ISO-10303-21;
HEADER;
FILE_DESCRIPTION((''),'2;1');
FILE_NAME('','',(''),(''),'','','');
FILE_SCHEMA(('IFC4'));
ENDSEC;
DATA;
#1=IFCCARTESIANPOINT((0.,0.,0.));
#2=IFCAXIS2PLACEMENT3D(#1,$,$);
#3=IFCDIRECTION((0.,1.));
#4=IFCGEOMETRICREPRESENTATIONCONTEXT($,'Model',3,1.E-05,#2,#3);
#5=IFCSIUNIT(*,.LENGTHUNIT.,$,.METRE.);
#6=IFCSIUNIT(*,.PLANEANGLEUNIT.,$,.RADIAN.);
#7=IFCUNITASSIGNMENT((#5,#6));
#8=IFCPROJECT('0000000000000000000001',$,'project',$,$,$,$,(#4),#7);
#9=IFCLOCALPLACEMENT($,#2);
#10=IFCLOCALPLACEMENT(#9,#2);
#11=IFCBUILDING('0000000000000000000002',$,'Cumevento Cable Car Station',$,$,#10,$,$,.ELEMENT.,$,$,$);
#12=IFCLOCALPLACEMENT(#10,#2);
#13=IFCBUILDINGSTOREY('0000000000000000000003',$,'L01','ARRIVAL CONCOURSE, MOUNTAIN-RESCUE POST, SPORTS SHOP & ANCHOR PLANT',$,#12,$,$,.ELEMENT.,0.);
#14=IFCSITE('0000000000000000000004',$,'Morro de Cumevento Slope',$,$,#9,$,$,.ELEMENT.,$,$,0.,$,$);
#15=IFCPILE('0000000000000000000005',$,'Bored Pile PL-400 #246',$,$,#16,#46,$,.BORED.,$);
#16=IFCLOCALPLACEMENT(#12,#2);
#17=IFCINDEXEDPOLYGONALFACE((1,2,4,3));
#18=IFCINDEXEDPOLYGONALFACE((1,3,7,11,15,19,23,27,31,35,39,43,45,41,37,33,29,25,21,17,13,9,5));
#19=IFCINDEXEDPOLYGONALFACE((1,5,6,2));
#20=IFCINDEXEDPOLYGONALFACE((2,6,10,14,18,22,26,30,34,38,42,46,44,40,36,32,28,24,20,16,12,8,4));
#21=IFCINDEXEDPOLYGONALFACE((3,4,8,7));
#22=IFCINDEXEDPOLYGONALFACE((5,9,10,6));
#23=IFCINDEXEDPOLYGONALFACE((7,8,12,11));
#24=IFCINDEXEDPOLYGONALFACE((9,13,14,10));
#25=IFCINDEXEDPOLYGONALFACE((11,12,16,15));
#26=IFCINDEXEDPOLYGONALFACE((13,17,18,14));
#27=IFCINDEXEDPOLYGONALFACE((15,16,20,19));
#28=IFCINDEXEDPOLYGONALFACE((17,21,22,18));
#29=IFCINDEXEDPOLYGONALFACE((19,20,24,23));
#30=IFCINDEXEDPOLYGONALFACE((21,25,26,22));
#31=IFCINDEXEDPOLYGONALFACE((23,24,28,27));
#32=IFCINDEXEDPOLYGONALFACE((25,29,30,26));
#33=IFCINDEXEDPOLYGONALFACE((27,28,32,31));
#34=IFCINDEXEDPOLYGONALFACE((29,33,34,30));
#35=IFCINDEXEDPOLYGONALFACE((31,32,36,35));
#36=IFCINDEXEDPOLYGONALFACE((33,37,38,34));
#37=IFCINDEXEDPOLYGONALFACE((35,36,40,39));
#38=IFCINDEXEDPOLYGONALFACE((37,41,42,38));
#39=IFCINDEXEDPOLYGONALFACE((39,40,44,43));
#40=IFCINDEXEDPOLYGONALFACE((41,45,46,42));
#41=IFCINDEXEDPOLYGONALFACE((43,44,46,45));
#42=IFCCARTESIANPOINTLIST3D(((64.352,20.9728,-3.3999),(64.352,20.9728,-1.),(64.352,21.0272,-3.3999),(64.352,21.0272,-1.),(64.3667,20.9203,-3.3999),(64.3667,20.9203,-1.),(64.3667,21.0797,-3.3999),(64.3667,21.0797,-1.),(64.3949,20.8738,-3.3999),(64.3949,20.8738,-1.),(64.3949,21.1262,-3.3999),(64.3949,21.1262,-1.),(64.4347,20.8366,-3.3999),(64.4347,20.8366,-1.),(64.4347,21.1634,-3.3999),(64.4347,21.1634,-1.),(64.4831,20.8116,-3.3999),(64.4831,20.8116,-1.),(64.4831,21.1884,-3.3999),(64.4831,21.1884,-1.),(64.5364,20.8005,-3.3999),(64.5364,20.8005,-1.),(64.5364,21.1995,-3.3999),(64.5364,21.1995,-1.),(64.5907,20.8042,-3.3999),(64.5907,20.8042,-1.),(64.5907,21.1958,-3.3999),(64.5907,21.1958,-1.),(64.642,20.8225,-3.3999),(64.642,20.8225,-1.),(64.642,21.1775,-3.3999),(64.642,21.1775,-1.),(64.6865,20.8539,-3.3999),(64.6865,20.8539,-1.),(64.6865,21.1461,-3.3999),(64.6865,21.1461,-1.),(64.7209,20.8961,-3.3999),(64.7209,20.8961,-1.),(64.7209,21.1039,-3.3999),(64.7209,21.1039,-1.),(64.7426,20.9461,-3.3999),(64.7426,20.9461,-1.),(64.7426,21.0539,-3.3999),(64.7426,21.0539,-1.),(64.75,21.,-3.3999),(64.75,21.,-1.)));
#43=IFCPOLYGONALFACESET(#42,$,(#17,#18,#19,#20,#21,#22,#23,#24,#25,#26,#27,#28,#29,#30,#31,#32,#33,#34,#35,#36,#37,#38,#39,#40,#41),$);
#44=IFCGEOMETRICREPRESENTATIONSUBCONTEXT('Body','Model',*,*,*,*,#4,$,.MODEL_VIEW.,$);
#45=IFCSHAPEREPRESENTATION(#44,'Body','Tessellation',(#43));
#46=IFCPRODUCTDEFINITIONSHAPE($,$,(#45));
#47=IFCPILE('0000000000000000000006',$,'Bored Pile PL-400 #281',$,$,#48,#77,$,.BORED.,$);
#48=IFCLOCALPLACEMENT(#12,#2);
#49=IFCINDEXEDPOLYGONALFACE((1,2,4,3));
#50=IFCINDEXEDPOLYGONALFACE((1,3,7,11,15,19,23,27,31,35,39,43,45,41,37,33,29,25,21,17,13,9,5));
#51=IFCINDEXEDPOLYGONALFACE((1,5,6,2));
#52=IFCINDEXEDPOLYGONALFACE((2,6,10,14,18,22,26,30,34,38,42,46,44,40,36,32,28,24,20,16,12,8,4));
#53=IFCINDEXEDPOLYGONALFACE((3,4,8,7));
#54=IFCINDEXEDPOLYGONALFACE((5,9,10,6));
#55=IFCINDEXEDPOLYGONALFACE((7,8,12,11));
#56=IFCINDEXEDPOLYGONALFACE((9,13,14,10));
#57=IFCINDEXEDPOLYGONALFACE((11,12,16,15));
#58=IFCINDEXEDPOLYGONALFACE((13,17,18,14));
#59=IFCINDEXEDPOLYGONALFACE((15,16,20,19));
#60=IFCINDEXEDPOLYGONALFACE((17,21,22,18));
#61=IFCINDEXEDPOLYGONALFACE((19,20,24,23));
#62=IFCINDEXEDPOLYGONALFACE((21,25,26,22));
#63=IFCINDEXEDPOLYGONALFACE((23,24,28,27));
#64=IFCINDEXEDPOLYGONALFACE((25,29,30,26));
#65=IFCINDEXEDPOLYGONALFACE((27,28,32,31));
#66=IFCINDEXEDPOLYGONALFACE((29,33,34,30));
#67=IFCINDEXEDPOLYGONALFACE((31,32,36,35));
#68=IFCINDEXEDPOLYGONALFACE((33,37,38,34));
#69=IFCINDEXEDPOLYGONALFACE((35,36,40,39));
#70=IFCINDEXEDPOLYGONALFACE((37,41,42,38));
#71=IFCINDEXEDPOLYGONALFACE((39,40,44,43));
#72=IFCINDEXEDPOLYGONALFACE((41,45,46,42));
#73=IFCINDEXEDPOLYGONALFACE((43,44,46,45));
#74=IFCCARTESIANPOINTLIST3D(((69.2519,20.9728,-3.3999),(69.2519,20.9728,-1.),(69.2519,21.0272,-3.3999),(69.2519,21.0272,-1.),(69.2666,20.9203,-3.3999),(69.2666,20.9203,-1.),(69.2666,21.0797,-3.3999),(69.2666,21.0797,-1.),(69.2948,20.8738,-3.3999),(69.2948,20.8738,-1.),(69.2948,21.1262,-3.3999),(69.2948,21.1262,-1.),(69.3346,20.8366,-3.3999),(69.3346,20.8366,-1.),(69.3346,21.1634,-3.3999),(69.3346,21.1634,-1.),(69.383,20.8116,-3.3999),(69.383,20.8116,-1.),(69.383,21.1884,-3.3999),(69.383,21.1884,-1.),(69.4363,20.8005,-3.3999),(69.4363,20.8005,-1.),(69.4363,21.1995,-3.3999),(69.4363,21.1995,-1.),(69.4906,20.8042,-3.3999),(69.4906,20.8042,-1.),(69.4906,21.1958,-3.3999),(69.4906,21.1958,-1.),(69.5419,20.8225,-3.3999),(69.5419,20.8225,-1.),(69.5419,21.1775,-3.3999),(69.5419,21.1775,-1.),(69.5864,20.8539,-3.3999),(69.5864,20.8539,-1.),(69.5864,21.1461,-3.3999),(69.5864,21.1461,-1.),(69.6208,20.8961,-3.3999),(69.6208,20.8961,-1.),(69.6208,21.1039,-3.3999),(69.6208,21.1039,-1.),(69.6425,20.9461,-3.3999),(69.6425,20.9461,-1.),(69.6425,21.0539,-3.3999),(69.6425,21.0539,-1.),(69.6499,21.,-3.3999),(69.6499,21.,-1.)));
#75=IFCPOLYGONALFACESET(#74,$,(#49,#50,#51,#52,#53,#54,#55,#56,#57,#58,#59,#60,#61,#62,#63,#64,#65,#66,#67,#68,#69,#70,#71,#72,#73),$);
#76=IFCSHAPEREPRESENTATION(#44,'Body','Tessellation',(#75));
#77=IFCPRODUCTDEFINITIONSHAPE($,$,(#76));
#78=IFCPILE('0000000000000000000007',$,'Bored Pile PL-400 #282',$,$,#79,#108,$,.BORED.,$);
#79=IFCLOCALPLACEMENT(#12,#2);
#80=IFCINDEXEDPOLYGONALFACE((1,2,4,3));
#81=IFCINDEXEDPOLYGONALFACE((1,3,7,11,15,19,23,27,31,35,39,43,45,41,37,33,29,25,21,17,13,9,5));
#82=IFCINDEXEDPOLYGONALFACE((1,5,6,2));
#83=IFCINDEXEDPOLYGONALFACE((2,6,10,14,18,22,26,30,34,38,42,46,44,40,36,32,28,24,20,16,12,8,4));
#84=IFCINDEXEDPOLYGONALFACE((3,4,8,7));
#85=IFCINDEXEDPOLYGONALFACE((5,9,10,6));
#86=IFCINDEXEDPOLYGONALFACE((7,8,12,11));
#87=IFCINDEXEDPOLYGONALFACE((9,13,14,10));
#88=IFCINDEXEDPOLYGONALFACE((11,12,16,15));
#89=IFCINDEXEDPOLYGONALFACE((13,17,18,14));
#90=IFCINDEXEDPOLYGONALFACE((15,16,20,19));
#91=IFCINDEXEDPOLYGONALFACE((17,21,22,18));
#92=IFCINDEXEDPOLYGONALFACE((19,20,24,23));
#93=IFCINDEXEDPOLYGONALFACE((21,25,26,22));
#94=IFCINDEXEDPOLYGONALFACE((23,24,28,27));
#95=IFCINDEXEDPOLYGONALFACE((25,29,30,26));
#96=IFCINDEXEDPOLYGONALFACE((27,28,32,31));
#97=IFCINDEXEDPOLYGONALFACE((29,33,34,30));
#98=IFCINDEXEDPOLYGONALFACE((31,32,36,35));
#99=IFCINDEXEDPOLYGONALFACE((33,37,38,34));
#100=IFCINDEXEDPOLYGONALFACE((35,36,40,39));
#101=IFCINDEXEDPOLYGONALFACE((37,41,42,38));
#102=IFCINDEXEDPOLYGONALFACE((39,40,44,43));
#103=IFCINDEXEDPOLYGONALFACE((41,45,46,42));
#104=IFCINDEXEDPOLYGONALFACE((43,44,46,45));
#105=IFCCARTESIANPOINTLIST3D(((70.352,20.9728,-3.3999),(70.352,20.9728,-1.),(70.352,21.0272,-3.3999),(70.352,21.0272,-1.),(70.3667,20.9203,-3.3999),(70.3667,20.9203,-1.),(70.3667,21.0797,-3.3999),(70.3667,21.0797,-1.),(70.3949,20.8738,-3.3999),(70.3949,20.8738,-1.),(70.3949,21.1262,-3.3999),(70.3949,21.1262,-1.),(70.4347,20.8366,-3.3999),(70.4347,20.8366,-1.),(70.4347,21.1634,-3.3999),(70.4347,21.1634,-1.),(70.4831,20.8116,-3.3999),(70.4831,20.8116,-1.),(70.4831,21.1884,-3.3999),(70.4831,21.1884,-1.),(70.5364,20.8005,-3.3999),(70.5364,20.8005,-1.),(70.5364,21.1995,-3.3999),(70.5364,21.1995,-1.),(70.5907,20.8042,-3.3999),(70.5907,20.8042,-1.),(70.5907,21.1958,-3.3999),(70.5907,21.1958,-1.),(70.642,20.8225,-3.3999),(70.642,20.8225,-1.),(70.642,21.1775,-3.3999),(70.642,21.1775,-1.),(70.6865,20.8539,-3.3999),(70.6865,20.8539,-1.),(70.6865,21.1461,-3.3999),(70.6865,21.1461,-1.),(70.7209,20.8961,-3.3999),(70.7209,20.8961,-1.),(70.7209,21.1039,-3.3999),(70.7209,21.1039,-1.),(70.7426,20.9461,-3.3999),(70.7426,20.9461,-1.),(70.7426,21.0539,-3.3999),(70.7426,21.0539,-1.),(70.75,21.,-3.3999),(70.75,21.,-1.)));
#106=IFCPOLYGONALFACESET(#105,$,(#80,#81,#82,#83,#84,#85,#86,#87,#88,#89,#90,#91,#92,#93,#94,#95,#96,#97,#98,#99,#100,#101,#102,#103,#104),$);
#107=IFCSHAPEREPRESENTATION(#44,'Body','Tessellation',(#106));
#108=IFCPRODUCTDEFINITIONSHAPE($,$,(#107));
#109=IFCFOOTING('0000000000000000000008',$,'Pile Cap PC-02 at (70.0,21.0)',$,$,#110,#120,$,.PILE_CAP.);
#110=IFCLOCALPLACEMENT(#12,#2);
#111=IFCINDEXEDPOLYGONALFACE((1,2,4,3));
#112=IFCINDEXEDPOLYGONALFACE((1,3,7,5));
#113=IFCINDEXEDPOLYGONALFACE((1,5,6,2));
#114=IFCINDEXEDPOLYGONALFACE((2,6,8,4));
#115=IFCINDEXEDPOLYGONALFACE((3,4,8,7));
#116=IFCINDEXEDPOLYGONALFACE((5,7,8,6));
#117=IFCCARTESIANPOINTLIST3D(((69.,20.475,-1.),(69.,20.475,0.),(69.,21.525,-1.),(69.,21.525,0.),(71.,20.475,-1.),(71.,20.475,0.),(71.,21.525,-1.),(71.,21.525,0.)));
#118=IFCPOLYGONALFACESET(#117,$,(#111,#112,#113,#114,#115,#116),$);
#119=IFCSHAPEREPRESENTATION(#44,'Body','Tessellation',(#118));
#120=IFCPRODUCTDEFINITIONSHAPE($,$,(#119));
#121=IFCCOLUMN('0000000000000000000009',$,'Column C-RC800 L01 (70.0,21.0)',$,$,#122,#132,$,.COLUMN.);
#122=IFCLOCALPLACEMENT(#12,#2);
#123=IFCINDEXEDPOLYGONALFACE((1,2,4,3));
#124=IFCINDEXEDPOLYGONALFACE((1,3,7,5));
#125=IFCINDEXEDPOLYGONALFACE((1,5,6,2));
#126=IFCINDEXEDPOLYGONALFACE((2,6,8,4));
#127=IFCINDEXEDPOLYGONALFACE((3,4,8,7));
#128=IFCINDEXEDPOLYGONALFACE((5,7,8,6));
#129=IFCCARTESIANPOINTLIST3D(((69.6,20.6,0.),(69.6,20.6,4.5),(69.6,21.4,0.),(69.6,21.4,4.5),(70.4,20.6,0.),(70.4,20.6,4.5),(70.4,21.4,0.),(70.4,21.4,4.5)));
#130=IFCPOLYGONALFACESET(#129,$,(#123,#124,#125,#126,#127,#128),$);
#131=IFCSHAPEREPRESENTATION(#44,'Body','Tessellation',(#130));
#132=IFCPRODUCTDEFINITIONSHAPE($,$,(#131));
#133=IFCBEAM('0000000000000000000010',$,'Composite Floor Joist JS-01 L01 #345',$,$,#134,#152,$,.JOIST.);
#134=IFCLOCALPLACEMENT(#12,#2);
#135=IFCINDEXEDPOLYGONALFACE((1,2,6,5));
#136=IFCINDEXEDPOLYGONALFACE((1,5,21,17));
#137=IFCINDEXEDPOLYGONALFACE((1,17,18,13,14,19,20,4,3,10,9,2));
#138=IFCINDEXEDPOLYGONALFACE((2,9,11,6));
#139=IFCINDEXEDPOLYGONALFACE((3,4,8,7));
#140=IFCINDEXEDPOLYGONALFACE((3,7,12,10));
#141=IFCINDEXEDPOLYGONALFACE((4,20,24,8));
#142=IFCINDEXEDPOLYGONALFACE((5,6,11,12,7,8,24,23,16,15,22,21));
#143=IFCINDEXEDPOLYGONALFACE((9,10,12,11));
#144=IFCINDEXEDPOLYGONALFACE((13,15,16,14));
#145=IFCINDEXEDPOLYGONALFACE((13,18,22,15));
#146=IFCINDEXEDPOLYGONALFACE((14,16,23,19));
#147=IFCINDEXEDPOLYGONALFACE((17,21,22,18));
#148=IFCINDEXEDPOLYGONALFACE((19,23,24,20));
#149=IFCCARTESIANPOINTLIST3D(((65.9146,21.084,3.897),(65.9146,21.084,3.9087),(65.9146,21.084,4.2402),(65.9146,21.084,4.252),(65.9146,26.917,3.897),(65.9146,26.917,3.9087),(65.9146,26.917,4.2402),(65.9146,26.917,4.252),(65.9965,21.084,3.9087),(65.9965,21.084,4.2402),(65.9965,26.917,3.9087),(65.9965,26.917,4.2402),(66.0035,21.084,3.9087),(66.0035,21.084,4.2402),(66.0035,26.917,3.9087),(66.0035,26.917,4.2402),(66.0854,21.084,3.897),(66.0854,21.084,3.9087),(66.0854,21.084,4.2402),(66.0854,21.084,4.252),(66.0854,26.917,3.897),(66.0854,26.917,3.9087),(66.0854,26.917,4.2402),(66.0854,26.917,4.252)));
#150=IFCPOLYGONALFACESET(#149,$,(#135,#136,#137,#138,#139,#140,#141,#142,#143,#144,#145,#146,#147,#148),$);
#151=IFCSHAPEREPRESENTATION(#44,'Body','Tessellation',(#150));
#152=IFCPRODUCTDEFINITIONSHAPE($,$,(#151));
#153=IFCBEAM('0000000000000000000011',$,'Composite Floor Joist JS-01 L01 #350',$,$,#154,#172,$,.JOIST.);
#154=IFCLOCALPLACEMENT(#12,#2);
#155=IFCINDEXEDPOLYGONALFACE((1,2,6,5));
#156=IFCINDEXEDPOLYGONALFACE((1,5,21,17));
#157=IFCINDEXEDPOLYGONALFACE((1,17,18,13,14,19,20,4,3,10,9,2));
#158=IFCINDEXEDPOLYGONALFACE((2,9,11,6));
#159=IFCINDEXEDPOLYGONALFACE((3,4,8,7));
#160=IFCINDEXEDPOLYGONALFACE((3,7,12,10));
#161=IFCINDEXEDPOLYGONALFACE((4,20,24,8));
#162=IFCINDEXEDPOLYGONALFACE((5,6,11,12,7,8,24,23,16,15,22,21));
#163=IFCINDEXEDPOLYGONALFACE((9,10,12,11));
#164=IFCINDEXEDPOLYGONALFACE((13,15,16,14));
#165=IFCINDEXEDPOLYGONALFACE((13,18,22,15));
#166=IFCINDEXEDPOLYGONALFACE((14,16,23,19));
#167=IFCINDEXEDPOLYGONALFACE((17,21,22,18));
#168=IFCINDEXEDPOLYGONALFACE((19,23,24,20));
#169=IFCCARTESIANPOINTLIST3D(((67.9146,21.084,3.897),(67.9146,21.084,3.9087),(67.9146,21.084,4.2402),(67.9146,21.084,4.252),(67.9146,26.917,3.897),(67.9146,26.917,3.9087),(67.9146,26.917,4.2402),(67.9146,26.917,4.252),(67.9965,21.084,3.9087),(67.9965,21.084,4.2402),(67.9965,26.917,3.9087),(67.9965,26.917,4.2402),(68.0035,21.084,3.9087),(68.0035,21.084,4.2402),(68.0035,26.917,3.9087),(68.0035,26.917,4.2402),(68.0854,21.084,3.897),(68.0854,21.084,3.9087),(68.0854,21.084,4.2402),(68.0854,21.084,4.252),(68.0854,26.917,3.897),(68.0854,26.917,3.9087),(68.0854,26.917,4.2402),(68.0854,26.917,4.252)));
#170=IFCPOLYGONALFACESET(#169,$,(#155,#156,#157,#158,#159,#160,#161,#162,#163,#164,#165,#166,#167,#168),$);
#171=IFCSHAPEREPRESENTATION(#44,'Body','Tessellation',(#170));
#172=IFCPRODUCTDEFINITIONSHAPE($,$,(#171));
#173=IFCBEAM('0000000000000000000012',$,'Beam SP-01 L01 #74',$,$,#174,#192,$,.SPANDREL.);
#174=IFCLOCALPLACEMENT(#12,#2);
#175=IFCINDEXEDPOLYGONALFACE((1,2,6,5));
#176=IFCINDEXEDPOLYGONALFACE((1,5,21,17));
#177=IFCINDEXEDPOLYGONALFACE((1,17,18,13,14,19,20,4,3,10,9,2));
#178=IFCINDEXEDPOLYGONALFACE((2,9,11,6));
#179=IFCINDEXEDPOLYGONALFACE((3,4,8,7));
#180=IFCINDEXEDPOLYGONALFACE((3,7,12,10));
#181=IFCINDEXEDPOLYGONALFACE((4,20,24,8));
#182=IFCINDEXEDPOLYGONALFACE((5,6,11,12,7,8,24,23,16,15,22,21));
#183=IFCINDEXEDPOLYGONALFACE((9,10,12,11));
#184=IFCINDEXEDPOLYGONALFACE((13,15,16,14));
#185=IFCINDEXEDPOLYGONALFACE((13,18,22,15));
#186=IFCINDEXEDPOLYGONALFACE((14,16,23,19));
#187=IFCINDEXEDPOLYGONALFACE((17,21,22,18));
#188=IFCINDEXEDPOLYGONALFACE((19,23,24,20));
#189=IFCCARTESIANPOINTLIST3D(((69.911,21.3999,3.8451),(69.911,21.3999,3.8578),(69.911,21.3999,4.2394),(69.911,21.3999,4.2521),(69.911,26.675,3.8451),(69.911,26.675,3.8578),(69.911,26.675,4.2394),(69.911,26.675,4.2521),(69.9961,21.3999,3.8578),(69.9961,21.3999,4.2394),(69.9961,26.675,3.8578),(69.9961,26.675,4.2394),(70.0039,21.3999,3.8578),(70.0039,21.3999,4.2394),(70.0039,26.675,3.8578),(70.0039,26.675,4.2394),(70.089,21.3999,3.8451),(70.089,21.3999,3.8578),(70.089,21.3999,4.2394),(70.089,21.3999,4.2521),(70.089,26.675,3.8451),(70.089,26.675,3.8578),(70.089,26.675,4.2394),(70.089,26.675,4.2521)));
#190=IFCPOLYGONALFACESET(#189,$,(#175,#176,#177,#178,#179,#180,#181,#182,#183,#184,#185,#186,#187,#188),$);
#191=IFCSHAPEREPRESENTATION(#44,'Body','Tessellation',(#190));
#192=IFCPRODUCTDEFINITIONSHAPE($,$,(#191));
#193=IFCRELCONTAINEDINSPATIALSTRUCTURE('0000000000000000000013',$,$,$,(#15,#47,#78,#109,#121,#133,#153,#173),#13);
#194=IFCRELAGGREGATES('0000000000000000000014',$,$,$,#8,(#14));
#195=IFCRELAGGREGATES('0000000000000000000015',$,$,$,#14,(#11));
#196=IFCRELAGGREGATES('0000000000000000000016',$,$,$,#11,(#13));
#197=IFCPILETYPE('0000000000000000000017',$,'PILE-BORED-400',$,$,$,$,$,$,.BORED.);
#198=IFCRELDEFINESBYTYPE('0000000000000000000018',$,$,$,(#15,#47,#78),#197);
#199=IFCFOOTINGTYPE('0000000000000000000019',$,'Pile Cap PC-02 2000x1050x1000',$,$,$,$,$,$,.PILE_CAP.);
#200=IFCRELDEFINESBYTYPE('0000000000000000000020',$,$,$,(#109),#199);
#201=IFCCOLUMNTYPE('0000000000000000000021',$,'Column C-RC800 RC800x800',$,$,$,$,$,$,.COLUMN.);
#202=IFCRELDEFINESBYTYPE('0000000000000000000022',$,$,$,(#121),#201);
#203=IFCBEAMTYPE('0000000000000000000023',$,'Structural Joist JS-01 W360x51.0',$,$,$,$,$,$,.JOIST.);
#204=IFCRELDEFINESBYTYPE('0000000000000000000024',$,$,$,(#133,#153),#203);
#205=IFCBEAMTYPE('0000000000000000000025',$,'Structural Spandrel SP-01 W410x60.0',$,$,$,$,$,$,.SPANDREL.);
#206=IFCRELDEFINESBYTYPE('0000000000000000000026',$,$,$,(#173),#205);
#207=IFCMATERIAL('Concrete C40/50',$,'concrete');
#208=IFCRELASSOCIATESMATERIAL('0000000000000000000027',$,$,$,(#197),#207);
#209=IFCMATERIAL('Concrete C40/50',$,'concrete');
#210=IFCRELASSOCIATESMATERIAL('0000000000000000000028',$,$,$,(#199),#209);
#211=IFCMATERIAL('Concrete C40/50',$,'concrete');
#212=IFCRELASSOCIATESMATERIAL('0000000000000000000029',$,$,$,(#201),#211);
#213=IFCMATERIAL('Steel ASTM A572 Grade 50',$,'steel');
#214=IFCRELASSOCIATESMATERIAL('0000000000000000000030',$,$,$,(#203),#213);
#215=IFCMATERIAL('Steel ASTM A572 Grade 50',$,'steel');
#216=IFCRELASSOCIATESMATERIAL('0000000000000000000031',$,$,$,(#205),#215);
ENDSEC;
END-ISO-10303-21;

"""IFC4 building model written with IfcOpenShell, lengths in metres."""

from ifc_helpers import new_model, si_unit, direction, frame, origin, origin_2d, place, context, subcontext, project, spatial, rectangle, circle, i_section, extrude, material, material_profile, profile_set, type_object, element, save


model = new_model("IFC4")

# Units and contexts
model_context = context("Model", 3, precision=1e-05, world=origin(), true_north=direction((0.0, 1.0)))
body_context = subcontext(model_context, "Body", "Model", "MODEL_VIEW")
ifc_project = project(units=[si_unit("LENGTHUNIT", "METRE"), si_unit("PLANEANGLEUNIT", "RADIAN")], contexts=[model_context])

# Site, building, storey
site_placement = place(None, origin())
site = spatial("IfcSite", under=ifc_project, at=site_placement, Name="Morro de Cumevento Slope", CompositionType="ELEMENT", RefElevation=0.0)
building_placement = place(site_placement, origin())
building = spatial("IfcBuilding", under=site, at=building_placement, Name="Cumevento Cable Car Station", CompositionType="ELEMENT")
storey_placement = place(building_placement, origin())
storey = spatial("IfcBuildingStorey", under=building, at=storey_placement, Name="L01", Description="ARRIVAL CONCOURSE, MOUNTAIN-RESCUE POST, SPORTS SHOP & ANCHOR PLANT", CompositionType="ELEMENT", Elevation=0.0)

# Piles
ifc_material_1 = material(Name="Concrete C40/50", Category="concrete")
ifc_material_profile_1 = material_profile(ifc_material_1, circle(Radius=0.2, at=origin_2d()), Name="PILE-D400")
ifc_profile_set_1 = profile_set([ifc_material_profile_1], Name="Concrete C40/50")
pile_type = type_object("IfcPileType", Name="PILE-BORED-400", PredefinedType="BORED", material=ifc_profile_set_1)
for number, where, z_axis, x_axis, name in (
    (1, (64.55, 21.0, -1.0), (0.0, 0.0, -1.0), (1.0, 0.0, 0.0), "Bored Pile PL-400 #246"),
    (2, (69.45, 21.0, -1.0), (0.0, 0.0, -1.0), (1.0, 0.0, 0.0), "Bored Pile PL-400 #281"),
    (3, (70.55, 21.0, -1.0), (0.0, 0.0, -1.0), (1.0, 0.0, 0.0), "Bored Pile PL-400 #282"),
):
    element("IfcPile", number, at=place(storey_placement, frame(where, z_axis=z_axis, x_axis=x_axis)), inside=storey, type_object=pile_type, Name=name, PredefinedType="BORED", context=body_context, shape_type="SweptSolid", body=[
        extrude(circle(Radius=0.2, at=origin_2d()), origin(), (0.0, 0.0, 1.0), 2.3999),
    ])

# Footing
ifc_material_2 = material(Name="Concrete C40/50", Category="concrete")
footing_type = type_object("IfcFootingType", Name="Pile Cap PC-02 2000x1050x1000", PredefinedType="PILE_CAP", material=ifc_material_2)
footing_placement = place(storey_placement, frame((70.0, 21.0, -1.0), z_axis=(0.0, 0.0, 1.0), x_axis=(1.0, 0.0, 0.0)))
element("IfcFooting", 4, at=footing_placement, inside=storey, type_object=footing_type, Name="Pile Cap PC-02 at (70.0,21.0)", PredefinedType="PILE_CAP", context=body_context, shape_type="SweptSolid", body=[
    extrude(rectangle(XDim=2.0, YDim=1.05, at=origin_2d()), origin(), (0.0, 0.0, 1.0), 1.0),
])

# Column
ifc_material_3 = material(Name="Concrete C40/50", Category="concrete")
ifc_material_profile_2 = material_profile(ifc_material_3, rectangle(XDim=0.8, YDim=0.8, at=origin_2d()), Name="RC800x800")
ifc_profile_set_2 = profile_set([ifc_material_profile_2], Name="Concrete C40/50")
column_type = type_object("IfcColumnType", Name="Column C-RC800 RC800x800", PredefinedType="COLUMN", material=ifc_profile_set_2)
column_placement = place(storey_placement, frame((70.0, 21.0, 0.0), z_axis=(0.0, 0.0, 1.0), x_axis=(1.0, 0.0, 0.0)))
element("IfcColumn", 5, at=column_placement, inside=storey, type_object=column_type, Name="Column C-RC800 L01 (70.0,21.0)", PredefinedType="COLUMN", context=body_context, shape_type="SweptSolid", body=[
    extrude(rectangle(XDim=0.8, YDim=0.8, at=origin_2d()), origin(), (0.0, 0.0, 1.0), 4.5),
])

# Beams
ifc_material_4 = material(Name="Steel ASTM A572 Grade 50", Category="steel")
ifc_material_profile_3 = material_profile(ifc_material_4, i_section(OverallWidth=0.1709, OverallDepth=0.355, WebThickness=0.0071, FlangeThickness=0.0117, at=origin_2d()), Name="W360x51.0")
ifc_profile_set_3 = profile_set([ifc_material_profile_3], Name="Steel ASTM A572 Grade 50")
beam_type_1 = type_object("IfcBeamType", Name="Structural Joist JS-01 W360x51.0", PredefinedType="JOIST", material=ifc_profile_set_3)
for number, where, z_axis, x_axis, name in (
    (6, (66.0, 21.084, 4.0745), (0.0, 1.0, 0.0), (-1.0, 0.0, 0.0), "Composite Floor Joist JS-01 L01 #345"),
    (7, (68.0, 21.084, 4.0745), (0.0, 1.0, 0.0), (-1.0, 0.0, 0.0), "Composite Floor Joist JS-01 L01 #350"),
):
    element("IfcBeam", number, at=place(storey_placement, frame(where, z_axis=z_axis, x_axis=x_axis)), inside=storey, type_object=beam_type_1, Name=name, PredefinedType="JOIST", context=body_context, shape_type="SweptSolid", body=[
        extrude(i_section(OverallWidth=0.1709, OverallDepth=0.355, WebThickness=0.0071, FlangeThickness=0.0117, at=origin_2d()), origin(), (0.0, 0.0, 1.0), 5.833),
    ])
ifc_material_5 = material(Name="Steel ASTM A572 Grade 50", Category="steel")
ifc_material_profile_4 = material_profile(ifc_material_5, i_section(OverallWidth=0.178, OverallDepth=0.407, WebThickness=0.0078, FlangeThickness=0.0127, at=origin_2d()), Name="W410x60.0")
ifc_profile_set_4 = profile_set([ifc_material_profile_4], Name="Steel ASTM A572 Grade 50")
beam_type_2 = type_object("IfcBeamType", Name="Structural Spandrel SP-01 W410x60.0", PredefinedType="SPANDREL", material=ifc_profile_set_4)
beam_placement = place(storey_placement, frame((70.0, 21.3999, 4.0486), z_axis=(0.0, 1.0, 0.0), x_axis=(-1.0, 0.0, 0.0)))
element("IfcBeam", 8, at=beam_placement, inside=storey, type_object=beam_type_2, Name="Beam SP-01 L01 #74", PredefinedType="SPANDREL", context=body_context, shape_type="SweptSolid", body=[
    extrude(i_section(OverallWidth=0.178, OverallDepth=0.407, WebThickness=0.0078, FlangeThickness=0.0127, at=origin_2d()), origin(), (0.0, 0.0, 1.0), 5.2751),
])

save(model, "model.ifc")
